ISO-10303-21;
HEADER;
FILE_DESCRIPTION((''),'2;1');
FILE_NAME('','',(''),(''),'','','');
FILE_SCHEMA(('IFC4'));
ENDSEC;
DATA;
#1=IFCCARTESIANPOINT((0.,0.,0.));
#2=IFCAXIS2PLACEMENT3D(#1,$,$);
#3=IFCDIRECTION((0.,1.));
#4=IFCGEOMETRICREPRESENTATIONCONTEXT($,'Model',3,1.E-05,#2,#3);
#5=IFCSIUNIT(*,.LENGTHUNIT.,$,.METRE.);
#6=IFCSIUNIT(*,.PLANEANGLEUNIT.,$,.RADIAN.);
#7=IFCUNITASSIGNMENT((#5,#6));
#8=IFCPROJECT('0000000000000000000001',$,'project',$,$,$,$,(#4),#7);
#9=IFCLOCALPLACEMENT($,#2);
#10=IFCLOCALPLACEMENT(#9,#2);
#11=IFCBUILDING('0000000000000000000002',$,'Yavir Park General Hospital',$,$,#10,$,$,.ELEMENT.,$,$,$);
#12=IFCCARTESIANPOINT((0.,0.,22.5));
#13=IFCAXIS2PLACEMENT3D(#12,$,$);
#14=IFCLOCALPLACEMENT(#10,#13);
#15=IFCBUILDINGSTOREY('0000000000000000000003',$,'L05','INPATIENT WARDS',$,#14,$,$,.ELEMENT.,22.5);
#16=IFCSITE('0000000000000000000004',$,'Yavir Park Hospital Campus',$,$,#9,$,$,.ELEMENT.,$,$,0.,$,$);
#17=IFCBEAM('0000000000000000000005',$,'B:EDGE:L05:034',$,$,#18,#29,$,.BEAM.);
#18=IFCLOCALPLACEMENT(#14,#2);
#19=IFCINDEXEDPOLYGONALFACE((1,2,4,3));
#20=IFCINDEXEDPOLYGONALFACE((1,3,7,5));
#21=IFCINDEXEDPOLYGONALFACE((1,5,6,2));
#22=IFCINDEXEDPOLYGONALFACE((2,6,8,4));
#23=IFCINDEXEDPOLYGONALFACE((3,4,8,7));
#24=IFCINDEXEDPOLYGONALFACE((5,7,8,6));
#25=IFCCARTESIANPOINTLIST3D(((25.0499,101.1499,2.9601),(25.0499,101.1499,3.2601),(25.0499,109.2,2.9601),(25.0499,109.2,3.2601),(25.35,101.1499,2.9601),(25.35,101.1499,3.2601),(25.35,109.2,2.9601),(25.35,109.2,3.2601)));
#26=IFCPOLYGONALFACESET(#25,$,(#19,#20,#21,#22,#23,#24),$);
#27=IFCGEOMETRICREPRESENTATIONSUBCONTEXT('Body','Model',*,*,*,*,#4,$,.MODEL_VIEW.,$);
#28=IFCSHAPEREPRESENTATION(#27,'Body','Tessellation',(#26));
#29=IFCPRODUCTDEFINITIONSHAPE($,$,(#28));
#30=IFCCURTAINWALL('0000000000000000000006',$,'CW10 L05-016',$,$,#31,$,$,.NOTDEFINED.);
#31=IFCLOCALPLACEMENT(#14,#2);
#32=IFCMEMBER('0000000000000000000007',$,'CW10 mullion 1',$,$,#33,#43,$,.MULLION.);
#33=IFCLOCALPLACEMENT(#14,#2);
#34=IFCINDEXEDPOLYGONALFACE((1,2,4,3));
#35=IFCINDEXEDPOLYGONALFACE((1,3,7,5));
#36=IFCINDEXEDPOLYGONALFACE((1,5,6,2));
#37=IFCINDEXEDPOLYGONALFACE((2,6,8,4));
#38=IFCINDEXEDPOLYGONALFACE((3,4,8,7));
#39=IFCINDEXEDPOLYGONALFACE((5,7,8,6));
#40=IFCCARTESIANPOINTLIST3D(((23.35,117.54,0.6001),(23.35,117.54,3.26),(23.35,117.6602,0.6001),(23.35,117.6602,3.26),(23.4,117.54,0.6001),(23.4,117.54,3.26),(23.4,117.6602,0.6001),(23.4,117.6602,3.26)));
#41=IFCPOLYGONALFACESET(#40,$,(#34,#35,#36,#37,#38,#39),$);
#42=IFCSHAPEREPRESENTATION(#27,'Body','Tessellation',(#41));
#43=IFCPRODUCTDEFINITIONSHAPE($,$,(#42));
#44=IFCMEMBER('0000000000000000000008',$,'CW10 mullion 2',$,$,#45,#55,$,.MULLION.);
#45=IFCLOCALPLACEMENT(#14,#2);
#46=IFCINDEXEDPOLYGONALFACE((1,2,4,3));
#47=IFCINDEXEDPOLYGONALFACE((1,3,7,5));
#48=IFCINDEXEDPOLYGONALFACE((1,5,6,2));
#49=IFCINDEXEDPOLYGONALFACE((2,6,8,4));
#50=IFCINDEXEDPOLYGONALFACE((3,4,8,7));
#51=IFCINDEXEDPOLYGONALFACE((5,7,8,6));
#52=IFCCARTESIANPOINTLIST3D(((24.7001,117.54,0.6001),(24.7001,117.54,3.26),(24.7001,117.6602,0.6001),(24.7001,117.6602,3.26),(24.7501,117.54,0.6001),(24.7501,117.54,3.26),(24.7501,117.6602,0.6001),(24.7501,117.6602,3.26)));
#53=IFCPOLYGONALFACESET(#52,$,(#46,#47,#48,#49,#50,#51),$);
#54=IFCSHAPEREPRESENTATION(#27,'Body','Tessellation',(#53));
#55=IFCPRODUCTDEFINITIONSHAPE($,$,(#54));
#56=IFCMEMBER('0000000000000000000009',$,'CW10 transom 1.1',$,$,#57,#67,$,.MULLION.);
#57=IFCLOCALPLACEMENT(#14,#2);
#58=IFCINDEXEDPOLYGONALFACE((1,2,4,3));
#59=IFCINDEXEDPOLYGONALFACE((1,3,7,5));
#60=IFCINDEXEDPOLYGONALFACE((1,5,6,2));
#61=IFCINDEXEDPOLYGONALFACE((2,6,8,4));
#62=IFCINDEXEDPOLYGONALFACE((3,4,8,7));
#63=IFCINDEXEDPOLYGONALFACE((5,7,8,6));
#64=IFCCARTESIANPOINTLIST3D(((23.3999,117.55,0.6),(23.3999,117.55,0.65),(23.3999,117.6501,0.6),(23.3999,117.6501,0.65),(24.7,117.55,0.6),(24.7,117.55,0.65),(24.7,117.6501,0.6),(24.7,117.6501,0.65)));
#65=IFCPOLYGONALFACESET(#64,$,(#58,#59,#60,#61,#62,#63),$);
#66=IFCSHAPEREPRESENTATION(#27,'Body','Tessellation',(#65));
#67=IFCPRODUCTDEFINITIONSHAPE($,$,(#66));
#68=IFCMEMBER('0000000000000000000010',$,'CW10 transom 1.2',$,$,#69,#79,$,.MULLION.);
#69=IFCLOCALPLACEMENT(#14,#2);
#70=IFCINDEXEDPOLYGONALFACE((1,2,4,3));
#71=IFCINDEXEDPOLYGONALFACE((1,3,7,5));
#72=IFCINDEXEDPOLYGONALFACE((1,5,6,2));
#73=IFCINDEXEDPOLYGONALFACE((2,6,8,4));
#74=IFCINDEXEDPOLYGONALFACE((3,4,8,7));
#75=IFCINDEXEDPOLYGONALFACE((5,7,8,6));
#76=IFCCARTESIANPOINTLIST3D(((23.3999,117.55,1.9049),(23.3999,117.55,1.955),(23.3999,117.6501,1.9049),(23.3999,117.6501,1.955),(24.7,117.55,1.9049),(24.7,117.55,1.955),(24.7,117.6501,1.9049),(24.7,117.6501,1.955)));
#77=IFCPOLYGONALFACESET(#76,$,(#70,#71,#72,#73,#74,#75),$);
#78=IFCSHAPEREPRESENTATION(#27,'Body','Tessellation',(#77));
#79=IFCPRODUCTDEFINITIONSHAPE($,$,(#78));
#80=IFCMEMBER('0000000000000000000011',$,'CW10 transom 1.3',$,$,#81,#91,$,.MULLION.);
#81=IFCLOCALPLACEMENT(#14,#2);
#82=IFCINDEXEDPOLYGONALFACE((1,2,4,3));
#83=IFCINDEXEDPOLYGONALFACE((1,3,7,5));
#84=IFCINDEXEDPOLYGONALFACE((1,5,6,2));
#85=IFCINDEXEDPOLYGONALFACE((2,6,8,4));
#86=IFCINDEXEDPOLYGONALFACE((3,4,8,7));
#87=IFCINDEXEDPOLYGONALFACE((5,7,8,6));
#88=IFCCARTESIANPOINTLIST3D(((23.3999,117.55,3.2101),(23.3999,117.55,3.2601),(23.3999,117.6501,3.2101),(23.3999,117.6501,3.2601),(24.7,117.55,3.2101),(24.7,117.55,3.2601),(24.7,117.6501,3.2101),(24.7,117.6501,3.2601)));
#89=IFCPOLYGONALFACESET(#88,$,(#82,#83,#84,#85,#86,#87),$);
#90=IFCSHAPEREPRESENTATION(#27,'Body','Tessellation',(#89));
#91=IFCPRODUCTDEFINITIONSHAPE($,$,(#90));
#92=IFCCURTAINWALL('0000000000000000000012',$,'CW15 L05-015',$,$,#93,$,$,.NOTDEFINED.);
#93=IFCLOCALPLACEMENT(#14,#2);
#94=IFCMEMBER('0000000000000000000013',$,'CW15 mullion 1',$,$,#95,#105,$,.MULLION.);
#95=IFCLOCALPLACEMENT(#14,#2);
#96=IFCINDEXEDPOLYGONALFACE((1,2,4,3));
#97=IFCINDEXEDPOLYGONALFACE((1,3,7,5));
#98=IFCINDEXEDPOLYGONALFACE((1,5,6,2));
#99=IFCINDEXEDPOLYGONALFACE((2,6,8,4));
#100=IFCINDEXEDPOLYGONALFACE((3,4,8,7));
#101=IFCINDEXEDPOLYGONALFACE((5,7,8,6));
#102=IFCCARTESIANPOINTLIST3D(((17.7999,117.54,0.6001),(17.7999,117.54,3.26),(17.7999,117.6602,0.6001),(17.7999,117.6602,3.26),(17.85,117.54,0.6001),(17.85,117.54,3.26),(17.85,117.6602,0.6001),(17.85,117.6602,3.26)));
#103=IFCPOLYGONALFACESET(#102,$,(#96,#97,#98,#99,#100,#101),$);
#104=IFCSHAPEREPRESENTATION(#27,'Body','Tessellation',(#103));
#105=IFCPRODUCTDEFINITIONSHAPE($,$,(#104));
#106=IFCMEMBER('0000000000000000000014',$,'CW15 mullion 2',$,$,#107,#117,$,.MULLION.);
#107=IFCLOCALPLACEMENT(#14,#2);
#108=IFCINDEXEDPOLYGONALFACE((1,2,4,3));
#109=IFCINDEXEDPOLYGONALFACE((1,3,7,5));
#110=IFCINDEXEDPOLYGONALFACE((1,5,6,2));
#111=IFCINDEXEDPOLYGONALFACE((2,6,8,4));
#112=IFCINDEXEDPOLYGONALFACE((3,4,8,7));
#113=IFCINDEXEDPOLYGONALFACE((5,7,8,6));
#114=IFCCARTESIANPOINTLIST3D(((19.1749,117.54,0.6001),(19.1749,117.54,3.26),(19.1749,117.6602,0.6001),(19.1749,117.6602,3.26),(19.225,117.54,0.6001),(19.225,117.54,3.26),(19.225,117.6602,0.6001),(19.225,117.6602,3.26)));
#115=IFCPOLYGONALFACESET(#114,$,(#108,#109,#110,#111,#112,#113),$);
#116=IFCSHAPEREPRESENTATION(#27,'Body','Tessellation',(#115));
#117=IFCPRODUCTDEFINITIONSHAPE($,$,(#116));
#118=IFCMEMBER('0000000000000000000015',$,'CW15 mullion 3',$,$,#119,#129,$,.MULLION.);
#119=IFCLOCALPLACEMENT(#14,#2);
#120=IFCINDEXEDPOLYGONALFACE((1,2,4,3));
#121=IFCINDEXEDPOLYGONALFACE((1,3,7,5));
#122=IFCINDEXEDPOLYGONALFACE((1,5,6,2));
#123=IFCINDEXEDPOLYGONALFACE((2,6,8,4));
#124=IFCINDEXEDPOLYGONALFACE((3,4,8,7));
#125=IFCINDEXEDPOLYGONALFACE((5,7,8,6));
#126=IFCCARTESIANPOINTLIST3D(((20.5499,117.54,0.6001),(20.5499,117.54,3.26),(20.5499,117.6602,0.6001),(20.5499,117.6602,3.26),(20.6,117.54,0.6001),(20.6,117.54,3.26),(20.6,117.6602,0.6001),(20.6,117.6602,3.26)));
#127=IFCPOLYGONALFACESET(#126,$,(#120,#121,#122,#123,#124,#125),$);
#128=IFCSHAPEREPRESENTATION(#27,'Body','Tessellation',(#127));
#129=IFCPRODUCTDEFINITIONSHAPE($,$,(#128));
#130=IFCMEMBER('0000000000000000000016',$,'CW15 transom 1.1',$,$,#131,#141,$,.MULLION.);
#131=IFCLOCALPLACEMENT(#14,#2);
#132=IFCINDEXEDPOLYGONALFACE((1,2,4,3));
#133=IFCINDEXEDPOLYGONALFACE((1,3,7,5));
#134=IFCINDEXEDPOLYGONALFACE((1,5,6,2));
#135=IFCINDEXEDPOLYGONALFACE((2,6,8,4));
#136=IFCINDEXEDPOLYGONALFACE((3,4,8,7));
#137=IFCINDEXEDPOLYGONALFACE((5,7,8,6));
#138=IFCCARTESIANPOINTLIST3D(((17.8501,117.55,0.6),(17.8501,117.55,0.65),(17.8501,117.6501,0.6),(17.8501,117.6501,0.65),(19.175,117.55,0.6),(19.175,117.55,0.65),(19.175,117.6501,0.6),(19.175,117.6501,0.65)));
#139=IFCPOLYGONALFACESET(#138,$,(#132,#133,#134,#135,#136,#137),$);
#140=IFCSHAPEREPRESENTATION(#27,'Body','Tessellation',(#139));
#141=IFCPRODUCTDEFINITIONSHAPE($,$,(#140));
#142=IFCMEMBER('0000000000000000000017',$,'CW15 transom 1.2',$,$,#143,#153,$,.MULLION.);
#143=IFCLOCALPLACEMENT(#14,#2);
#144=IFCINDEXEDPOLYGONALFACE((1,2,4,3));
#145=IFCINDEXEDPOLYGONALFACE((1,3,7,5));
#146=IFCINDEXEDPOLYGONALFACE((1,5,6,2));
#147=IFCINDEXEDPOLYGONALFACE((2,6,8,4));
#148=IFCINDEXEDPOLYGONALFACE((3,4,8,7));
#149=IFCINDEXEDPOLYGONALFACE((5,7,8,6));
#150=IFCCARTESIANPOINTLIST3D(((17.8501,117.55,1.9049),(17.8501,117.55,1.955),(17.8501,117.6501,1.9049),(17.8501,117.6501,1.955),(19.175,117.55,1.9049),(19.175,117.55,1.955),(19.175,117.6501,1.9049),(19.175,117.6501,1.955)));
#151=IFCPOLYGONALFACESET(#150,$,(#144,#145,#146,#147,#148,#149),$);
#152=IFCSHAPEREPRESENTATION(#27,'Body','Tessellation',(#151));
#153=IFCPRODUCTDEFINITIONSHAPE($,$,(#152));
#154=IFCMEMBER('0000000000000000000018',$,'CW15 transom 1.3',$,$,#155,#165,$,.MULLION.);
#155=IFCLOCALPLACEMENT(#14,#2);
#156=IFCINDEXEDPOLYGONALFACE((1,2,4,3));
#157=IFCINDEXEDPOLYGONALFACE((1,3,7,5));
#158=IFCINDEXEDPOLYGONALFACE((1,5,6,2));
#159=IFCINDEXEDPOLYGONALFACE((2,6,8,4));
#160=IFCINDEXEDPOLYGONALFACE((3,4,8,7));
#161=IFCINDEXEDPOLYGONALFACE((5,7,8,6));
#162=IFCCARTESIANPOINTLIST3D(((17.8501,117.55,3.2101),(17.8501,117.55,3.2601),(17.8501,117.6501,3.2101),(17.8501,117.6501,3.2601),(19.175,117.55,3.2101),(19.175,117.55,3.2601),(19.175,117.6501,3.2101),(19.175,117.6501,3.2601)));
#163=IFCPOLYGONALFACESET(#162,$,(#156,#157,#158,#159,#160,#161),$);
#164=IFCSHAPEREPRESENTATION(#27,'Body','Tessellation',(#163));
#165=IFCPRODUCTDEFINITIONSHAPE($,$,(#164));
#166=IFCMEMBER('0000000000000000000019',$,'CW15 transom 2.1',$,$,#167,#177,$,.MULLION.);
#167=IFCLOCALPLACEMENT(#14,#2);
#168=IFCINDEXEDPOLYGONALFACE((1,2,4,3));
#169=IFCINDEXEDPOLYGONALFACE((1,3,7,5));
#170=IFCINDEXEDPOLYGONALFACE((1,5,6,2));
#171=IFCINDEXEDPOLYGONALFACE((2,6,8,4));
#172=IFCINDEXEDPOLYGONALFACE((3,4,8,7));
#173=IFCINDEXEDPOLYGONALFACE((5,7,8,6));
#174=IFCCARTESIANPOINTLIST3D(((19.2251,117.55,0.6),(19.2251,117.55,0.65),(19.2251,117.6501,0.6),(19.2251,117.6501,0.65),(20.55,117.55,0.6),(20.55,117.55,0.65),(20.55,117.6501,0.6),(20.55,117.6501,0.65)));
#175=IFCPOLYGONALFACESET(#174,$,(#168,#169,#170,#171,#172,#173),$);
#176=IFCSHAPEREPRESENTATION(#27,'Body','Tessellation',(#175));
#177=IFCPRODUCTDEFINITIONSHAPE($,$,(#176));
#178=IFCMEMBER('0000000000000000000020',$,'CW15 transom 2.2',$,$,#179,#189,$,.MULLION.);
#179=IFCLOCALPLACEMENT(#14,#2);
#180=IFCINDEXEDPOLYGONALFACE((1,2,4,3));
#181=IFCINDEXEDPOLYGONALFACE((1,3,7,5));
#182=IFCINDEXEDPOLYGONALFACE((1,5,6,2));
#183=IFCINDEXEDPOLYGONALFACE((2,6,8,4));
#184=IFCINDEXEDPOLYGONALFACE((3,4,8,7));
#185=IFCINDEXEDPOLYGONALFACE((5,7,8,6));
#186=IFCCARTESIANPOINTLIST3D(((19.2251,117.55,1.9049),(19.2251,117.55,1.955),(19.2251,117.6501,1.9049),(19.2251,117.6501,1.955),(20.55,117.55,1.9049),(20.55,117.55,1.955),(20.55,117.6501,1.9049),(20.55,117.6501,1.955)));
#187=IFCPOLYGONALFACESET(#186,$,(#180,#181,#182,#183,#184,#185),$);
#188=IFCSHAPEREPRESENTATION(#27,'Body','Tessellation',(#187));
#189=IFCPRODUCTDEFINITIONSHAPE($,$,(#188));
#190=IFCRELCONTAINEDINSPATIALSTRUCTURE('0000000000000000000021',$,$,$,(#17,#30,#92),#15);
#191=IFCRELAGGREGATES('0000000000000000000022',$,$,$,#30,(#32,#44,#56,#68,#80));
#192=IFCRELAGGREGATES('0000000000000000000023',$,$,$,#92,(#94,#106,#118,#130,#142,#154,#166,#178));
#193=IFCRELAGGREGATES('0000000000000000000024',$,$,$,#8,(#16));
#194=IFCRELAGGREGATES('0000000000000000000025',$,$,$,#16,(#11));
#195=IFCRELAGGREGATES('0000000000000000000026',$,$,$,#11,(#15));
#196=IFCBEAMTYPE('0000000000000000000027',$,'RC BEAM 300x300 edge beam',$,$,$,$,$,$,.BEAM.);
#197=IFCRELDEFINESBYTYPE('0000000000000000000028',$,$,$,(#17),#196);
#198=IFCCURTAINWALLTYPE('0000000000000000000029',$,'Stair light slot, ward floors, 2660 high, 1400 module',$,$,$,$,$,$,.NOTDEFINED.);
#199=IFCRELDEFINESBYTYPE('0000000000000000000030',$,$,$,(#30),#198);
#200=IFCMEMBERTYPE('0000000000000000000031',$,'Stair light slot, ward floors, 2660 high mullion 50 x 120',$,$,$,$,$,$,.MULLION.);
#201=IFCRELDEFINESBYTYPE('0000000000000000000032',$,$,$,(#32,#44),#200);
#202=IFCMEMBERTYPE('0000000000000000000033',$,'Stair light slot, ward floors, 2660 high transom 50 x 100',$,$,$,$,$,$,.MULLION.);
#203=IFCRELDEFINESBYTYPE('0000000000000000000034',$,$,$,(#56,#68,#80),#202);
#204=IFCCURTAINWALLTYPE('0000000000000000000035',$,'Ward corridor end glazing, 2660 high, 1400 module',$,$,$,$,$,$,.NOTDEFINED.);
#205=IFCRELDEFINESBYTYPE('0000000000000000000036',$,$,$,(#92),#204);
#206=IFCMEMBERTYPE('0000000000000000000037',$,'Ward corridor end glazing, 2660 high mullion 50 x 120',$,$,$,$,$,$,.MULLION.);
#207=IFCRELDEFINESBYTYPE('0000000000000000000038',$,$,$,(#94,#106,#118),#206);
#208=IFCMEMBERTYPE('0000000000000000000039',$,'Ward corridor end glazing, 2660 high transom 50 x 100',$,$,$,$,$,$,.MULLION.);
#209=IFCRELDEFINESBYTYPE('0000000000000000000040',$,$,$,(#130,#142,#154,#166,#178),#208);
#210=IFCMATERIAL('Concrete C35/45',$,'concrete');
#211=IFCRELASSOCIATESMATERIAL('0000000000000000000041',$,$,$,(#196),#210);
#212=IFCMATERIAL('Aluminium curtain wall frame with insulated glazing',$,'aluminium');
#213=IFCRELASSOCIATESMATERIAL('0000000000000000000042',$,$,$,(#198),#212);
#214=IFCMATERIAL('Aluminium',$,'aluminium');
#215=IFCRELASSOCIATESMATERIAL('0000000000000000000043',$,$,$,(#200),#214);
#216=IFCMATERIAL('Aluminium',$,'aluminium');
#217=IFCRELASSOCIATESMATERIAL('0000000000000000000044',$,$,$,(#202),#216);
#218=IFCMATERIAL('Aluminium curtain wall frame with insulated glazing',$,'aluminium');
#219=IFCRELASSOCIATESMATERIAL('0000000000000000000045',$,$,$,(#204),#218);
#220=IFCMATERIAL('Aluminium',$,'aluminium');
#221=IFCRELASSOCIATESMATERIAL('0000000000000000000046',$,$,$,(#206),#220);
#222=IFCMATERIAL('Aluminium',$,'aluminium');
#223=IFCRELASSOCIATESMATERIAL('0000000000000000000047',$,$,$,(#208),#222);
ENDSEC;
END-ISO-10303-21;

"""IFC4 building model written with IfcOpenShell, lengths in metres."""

from ifc_helpers import new_model, si_unit, direction, frame, origin, origin_2d, place, context, subcontext, project, spatial, rectangle, extrude, material, material_profile, profile_set, type_object, element, aggregate, save


model = new_model("IFC4")

# Units and contexts
model_context = context("Model", 3, precision=1e-05, world=origin(), true_north=direction((0.0, 1.0)))
body_context = subcontext(model_context, "Body", "Model", "MODEL_VIEW")
ifc_project = project(units=[si_unit("LENGTHUNIT", "METRE"), si_unit("PLANEANGLEUNIT", "RADIAN")], contexts=[model_context])

# Site, building, storey
site_placement = place(None, origin())
site = spatial("IfcSite", under=ifc_project, at=site_placement, Name="Yavir Park Hospital Campus", CompositionType="ELEMENT", RefElevation=0.0)
building_placement = place(site_placement, origin())
building = spatial("IfcBuilding", under=site, at=building_placement, Name="Yavir Park General Hospital", CompositionType="ELEMENT")
storey_placement = place(building_placement, frame((0.0, 0.0, 22.5)))
storey = spatial("IfcBuildingStorey", under=building, at=storey_placement, Name="L05", Description="INPATIENT WARDS", CompositionType="ELEMENT", Elevation=22.5)

# Beam
ifc_material_1 = material(Name="Concrete C35/45", Category="concrete")
ifc_material_profile_1 = material_profile(ifc_material_1, rectangle(XDim=0.3, YDim=0.3, at=origin_2d()), Name="RC300x300")
ifc_profile_set_1 = profile_set([ifc_material_profile_1], Name="Concrete C35/45")
beam_type = type_object("IfcBeamType", Name="RC BEAM 300x300 edge beam", PredefinedType="BEAM", material=ifc_profile_set_1)
beam_placement = place(storey_placement, frame((25.2, 101.1499, 3.1101), z_axis=(0.0, 1.0, 0.0), x_axis=(-1.0, 0.0, 0.0)))
element("IfcBeam", 1, at=beam_placement, inside=storey, type_object=beam_type, Name="B:EDGE:L05:034", PredefinedType="BEAM", context=body_context, shape_type="SweptSolid", body=[
    extrude(rectangle(XDim=0.3, YDim=0.3, at=origin_2d()), origin(), (0.0, 0.0, 1.0), 8.05),
])

# Curtain walls, members
ifc_material_2 = material(Name="Aluminium curtain wall frame with insulated glazing", Category="aluminium")
curtain_wall_type_1 = type_object("IfcCurtainWallType", Name="Stair light slot, ward floors, 2660 high, 1400 module", PredefinedType="NOTDEFINED", material=ifc_material_2)
curtain_wall_1_placement = place(storey_placement, origin())
curtain_wall_1 = element("IfcCurtainWall", 2, at=curtain_wall_1_placement, inside=storey, type_object=curtain_wall_type_1, Name="CW10 L05-016", PredefinedType="NOTDEFINED")
ifc_material_3 = material(Name="Aluminium", Category="aluminium")
ifc_material_profile_2 = material_profile(ifc_material_3, rectangle(XDim=0.1201, YDim=0.05, at=origin_2d()), Name="AL 50x120")
ifc_profile_set_2 = profile_set([ifc_material_profile_2], Name="Aluminium")
member_type_1 = type_object("IfcMemberType", Name="Stair light slot, ward floors, 2660 high mullion 50 x 120", PredefinedType="MULLION", material=ifc_profile_set_2)
member_1_placement = place(storey_placement, frame((23.375, 117.6001, 0.6001), z_axis=(0.0, 0.0, 1.0), x_axis=(0.0, 1.0, 0.0)))
member_1 = element("IfcMember", 3, at=member_1_placement, type_object=member_type_1, Name="CW10 mullion 1", PredefinedType="MULLION", context=body_context, shape_type="SweptSolid", body=[
    extrude(rectangle(XDim=0.1201, YDim=0.05, at=origin_2d()), origin(), (0.0, 0.0, 1.0), 2.6599),
])
member_2_placement = place(storey_placement, frame((24.7251, 117.6001, 0.6001), z_axis=(0.0, 0.0, 1.0), x_axis=(0.0, 1.0, 0.0)))
member_2 = element("IfcMember", 4, at=member_2_placement, type_object=member_type_1, Name="CW10 mullion 2", PredefinedType="MULLION", context=body_context, shape_type="SweptSolid", body=[
    extrude(rectangle(XDim=0.1201, YDim=0.05, at=origin_2d()), origin(), (0.0, 0.0, 1.0), 2.6599),
])
ifc_material_4 = material(Name="Aluminium", Category="aluminium")
ifc_material_profile_3 = material_profile(ifc_material_4, rectangle(XDim=0.1001, YDim=0.05, at=origin_2d()), Name="AL 100x50")
ifc_profile_set_3 = profile_set([ifc_material_profile_3], Name="Aluminium")
member_type_2 = type_object("IfcMemberType", Name="Stair light slot, ward floors, 2660 high transom 50 x 100", PredefinedType="MULLION", material=ifc_profile_set_3)
member_3_placement = place(storey_placement, frame((23.3999, 117.6001, 0.625), z_axis=(1.0, 0.0, 0.0), x_axis=(0.0, 1.0, 0.0)))
member_3 = element("IfcMember", 5, at=member_3_placement, type_object=member_type_2, Name="CW10 transom 1.1", PredefinedType="MULLION", context=body_context, shape_type="SweptSolid", body=[
    extrude(rectangle(XDim=0.1001, YDim=0.05, at=origin_2d()), origin(), (0.0, 0.0, 1.0), 1.3),
])
member_4_placement = place(storey_placement, frame((23.3999, 117.6001, 1.9299), z_axis=(1.0, 0.0, 0.0), x_axis=(0.0, 1.0, 0.0)))
member_4 = element("IfcMember", 6, at=member_4_placement, type_object=member_type_2, Name="CW10 transom 1.2", PredefinedType="MULLION", context=body_context, shape_type="SweptSolid", body=[
    extrude(rectangle(XDim=0.1001, YDim=0.05, at=origin_2d()), origin(), (0.0, 0.0, 1.0), 1.3),
])
member_5_placement = place(storey_placement, frame((23.3999, 117.6001, 3.2351), z_axis=(1.0, 0.0, 0.0), x_axis=(0.0, 1.0, 0.0)))
member_5 = element("IfcMember", 7, at=member_5_placement, type_object=member_type_2, Name="CW10 transom 1.3", PredefinedType="MULLION", context=body_context, shape_type="SweptSolid", body=[
    extrude(rectangle(XDim=0.1001, YDim=0.05, at=origin_2d()), origin(), (0.0, 0.0, 1.0), 1.3),
])
ifc_material_5 = material(Name="Aluminium curtain wall frame with insulated glazing", Category="aluminium")
curtain_wall_type_2 = type_object("IfcCurtainWallType", Name="Ward corridor end glazing, 2660 high, 1400 module", PredefinedType="NOTDEFINED", material=ifc_material_5)
curtain_wall_2_placement = place(storey_placement, origin())
curtain_wall_2 = element("IfcCurtainWall", 8, at=curtain_wall_2_placement, inside=storey, type_object=curtain_wall_type_2, Name="CW15 L05-015", PredefinedType="NOTDEFINED")
ifc_material_6 = material(Name="Aluminium", Category="aluminium")
ifc_material_profile_4 = material_profile(ifc_material_6, rectangle(XDim=0.1201, YDim=0.05, at=origin_2d()), Name="AL 50x120")
ifc_profile_set_4 = profile_set([ifc_material_profile_4], Name="Aluminium")
member_type_3 = type_object("IfcMemberType", Name="Ward corridor end glazing, 2660 high mullion 50 x 120", PredefinedType="MULLION", material=ifc_profile_set_4)
member_6_placement = place(storey_placement, frame((17.825, 117.6001, 0.6001), z_axis=(0.0, 0.0, 1.0), x_axis=(0.0, 1.0, 0.0)))
member_6 = element("IfcMember", 9, at=member_6_placement, type_object=member_type_3, Name="CW15 mullion 1", PredefinedType="MULLION", context=body_context, shape_type="SweptSolid", body=[
    extrude(rectangle(XDim=0.1201, YDim=0.05, at=origin_2d()), origin(), (0.0, 0.0, 1.0), 2.6599),
])
member_7_placement = place(storey_placement, frame((19.2, 117.6001, 0.6001), z_axis=(0.0, 0.0, 1.0), x_axis=(0.0, 1.0, 0.0)))
member_7 = element("IfcMember", 10, at=member_7_placement, type_object=member_type_3, Name="CW15 mullion 2", PredefinedType="MULLION", context=body_context, shape_type="SweptSolid", body=[
    extrude(rectangle(XDim=0.1201, YDim=0.05, at=origin_2d()), origin(), (0.0, 0.0, 1.0), 2.6599),
])
member_8_placement = place(storey_placement, frame((20.575, 117.6001, 0.6001), z_axis=(0.0, 0.0, 1.0), x_axis=(0.0, 1.0, 0.0)))
member_8 = element("IfcMember", 11, at=member_8_placement, type_object=member_type_3, Name="CW15 mullion 3", PredefinedType="MULLION", context=body_context, shape_type="SweptSolid", body=[
    extrude(rectangle(XDim=0.1201, YDim=0.05, at=origin_2d()), origin(), (0.0, 0.0, 1.0), 2.6599),
])
ifc_material_7 = material(Name="Aluminium", Category="aluminium")
ifc_material_profile_5 = material_profile(ifc_material_7, rectangle(XDim=0.1001, YDim=0.05, at=origin_2d()), Name="AL 100x50")
ifc_profile_set_5 = profile_set([ifc_material_profile_5], Name="Aluminium")
member_type_4 = type_object("IfcMemberType", Name="Ward corridor end glazing, 2660 high transom 50 x 100", PredefinedType="MULLION", material=ifc_profile_set_5)
member_9_placement = place(storey_placement, frame((17.8501, 117.6001, 0.625), z_axis=(1.0, 0.0, 0.0), x_axis=(0.0, 1.0, 0.0)))
member_9 = element("IfcMember", 12, at=member_9_placement, type_object=member_type_4, Name="CW15 transom 1.1", PredefinedType="MULLION", context=body_context, shape_type="SweptSolid", body=[
    extrude(rectangle(XDim=0.1001, YDim=0.05, at=origin_2d()), origin(), (0.0, 0.0, 1.0), 1.325),
])
member_10_placement = place(storey_placement, frame((17.8501, 117.6001, 1.9299), z_axis=(1.0, 0.0, 0.0), x_axis=(0.0, 1.0, 0.0)))
member_10 = element("IfcMember", 13, at=member_10_placement, type_object=member_type_4, Name="CW15 transom 1.2", PredefinedType="MULLION", context=body_context, shape_type="SweptSolid", body=[
    extrude(rectangle(XDim=0.1001, YDim=0.05, at=origin_2d()), origin(), (0.0, 0.0, 1.0), 1.325),
])
member_11_placement = place(storey_placement, frame((17.8501, 117.6001, 3.2351), z_axis=(1.0, 0.0, 0.0), x_axis=(0.0, 1.0, 0.0)))
member_11 = element("IfcMember", 14, at=member_11_placement, type_object=member_type_4, Name="CW15 transom 1.3", PredefinedType="MULLION", context=body_context, shape_type="SweptSolid", body=[
    extrude(rectangle(XDim=0.1001, YDim=0.05, at=origin_2d()), origin(), (0.0, 0.0, 1.0), 1.325),
])
member_12_placement = place(storey_placement, frame((19.2251, 117.6001, 0.625), z_axis=(1.0, 0.0, 0.0), x_axis=(0.0, 1.0, 0.0)))
member_12 = element("IfcMember", 15, at=member_12_placement, type_object=member_type_4, Name="CW15 transom 2.1", PredefinedType="MULLION", context=body_context, shape_type="SweptSolid", body=[
    extrude(rectangle(XDim=0.1001, YDim=0.05, at=origin_2d()), origin(), (0.0, 0.0, 1.0), 1.325),
])
member_13_placement = place(storey_placement, frame((19.2251, 117.6001, 1.9299), z_axis=(1.0, 0.0, 0.0), x_axis=(0.0, 1.0, 0.0)))
member_13 = element("IfcMember", 16, at=member_13_placement, type_object=member_type_4, Name="CW15 transom 2.2", PredefinedType="MULLION", context=body_context, shape_type="SweptSolid", body=[
    extrude(rectangle(XDim=0.1001, YDim=0.05, at=origin_2d()), origin(), (0.0, 0.0, 1.0), 1.325),
])

aggregate(curtain_wall_1, [member_1, member_2, member_3, member_4, member_5])
aggregate(curtain_wall_2, [member_6, member_7, member_8, member_9, member_10, member_11, member_12, member_13])

save(model, "model.ifc")
